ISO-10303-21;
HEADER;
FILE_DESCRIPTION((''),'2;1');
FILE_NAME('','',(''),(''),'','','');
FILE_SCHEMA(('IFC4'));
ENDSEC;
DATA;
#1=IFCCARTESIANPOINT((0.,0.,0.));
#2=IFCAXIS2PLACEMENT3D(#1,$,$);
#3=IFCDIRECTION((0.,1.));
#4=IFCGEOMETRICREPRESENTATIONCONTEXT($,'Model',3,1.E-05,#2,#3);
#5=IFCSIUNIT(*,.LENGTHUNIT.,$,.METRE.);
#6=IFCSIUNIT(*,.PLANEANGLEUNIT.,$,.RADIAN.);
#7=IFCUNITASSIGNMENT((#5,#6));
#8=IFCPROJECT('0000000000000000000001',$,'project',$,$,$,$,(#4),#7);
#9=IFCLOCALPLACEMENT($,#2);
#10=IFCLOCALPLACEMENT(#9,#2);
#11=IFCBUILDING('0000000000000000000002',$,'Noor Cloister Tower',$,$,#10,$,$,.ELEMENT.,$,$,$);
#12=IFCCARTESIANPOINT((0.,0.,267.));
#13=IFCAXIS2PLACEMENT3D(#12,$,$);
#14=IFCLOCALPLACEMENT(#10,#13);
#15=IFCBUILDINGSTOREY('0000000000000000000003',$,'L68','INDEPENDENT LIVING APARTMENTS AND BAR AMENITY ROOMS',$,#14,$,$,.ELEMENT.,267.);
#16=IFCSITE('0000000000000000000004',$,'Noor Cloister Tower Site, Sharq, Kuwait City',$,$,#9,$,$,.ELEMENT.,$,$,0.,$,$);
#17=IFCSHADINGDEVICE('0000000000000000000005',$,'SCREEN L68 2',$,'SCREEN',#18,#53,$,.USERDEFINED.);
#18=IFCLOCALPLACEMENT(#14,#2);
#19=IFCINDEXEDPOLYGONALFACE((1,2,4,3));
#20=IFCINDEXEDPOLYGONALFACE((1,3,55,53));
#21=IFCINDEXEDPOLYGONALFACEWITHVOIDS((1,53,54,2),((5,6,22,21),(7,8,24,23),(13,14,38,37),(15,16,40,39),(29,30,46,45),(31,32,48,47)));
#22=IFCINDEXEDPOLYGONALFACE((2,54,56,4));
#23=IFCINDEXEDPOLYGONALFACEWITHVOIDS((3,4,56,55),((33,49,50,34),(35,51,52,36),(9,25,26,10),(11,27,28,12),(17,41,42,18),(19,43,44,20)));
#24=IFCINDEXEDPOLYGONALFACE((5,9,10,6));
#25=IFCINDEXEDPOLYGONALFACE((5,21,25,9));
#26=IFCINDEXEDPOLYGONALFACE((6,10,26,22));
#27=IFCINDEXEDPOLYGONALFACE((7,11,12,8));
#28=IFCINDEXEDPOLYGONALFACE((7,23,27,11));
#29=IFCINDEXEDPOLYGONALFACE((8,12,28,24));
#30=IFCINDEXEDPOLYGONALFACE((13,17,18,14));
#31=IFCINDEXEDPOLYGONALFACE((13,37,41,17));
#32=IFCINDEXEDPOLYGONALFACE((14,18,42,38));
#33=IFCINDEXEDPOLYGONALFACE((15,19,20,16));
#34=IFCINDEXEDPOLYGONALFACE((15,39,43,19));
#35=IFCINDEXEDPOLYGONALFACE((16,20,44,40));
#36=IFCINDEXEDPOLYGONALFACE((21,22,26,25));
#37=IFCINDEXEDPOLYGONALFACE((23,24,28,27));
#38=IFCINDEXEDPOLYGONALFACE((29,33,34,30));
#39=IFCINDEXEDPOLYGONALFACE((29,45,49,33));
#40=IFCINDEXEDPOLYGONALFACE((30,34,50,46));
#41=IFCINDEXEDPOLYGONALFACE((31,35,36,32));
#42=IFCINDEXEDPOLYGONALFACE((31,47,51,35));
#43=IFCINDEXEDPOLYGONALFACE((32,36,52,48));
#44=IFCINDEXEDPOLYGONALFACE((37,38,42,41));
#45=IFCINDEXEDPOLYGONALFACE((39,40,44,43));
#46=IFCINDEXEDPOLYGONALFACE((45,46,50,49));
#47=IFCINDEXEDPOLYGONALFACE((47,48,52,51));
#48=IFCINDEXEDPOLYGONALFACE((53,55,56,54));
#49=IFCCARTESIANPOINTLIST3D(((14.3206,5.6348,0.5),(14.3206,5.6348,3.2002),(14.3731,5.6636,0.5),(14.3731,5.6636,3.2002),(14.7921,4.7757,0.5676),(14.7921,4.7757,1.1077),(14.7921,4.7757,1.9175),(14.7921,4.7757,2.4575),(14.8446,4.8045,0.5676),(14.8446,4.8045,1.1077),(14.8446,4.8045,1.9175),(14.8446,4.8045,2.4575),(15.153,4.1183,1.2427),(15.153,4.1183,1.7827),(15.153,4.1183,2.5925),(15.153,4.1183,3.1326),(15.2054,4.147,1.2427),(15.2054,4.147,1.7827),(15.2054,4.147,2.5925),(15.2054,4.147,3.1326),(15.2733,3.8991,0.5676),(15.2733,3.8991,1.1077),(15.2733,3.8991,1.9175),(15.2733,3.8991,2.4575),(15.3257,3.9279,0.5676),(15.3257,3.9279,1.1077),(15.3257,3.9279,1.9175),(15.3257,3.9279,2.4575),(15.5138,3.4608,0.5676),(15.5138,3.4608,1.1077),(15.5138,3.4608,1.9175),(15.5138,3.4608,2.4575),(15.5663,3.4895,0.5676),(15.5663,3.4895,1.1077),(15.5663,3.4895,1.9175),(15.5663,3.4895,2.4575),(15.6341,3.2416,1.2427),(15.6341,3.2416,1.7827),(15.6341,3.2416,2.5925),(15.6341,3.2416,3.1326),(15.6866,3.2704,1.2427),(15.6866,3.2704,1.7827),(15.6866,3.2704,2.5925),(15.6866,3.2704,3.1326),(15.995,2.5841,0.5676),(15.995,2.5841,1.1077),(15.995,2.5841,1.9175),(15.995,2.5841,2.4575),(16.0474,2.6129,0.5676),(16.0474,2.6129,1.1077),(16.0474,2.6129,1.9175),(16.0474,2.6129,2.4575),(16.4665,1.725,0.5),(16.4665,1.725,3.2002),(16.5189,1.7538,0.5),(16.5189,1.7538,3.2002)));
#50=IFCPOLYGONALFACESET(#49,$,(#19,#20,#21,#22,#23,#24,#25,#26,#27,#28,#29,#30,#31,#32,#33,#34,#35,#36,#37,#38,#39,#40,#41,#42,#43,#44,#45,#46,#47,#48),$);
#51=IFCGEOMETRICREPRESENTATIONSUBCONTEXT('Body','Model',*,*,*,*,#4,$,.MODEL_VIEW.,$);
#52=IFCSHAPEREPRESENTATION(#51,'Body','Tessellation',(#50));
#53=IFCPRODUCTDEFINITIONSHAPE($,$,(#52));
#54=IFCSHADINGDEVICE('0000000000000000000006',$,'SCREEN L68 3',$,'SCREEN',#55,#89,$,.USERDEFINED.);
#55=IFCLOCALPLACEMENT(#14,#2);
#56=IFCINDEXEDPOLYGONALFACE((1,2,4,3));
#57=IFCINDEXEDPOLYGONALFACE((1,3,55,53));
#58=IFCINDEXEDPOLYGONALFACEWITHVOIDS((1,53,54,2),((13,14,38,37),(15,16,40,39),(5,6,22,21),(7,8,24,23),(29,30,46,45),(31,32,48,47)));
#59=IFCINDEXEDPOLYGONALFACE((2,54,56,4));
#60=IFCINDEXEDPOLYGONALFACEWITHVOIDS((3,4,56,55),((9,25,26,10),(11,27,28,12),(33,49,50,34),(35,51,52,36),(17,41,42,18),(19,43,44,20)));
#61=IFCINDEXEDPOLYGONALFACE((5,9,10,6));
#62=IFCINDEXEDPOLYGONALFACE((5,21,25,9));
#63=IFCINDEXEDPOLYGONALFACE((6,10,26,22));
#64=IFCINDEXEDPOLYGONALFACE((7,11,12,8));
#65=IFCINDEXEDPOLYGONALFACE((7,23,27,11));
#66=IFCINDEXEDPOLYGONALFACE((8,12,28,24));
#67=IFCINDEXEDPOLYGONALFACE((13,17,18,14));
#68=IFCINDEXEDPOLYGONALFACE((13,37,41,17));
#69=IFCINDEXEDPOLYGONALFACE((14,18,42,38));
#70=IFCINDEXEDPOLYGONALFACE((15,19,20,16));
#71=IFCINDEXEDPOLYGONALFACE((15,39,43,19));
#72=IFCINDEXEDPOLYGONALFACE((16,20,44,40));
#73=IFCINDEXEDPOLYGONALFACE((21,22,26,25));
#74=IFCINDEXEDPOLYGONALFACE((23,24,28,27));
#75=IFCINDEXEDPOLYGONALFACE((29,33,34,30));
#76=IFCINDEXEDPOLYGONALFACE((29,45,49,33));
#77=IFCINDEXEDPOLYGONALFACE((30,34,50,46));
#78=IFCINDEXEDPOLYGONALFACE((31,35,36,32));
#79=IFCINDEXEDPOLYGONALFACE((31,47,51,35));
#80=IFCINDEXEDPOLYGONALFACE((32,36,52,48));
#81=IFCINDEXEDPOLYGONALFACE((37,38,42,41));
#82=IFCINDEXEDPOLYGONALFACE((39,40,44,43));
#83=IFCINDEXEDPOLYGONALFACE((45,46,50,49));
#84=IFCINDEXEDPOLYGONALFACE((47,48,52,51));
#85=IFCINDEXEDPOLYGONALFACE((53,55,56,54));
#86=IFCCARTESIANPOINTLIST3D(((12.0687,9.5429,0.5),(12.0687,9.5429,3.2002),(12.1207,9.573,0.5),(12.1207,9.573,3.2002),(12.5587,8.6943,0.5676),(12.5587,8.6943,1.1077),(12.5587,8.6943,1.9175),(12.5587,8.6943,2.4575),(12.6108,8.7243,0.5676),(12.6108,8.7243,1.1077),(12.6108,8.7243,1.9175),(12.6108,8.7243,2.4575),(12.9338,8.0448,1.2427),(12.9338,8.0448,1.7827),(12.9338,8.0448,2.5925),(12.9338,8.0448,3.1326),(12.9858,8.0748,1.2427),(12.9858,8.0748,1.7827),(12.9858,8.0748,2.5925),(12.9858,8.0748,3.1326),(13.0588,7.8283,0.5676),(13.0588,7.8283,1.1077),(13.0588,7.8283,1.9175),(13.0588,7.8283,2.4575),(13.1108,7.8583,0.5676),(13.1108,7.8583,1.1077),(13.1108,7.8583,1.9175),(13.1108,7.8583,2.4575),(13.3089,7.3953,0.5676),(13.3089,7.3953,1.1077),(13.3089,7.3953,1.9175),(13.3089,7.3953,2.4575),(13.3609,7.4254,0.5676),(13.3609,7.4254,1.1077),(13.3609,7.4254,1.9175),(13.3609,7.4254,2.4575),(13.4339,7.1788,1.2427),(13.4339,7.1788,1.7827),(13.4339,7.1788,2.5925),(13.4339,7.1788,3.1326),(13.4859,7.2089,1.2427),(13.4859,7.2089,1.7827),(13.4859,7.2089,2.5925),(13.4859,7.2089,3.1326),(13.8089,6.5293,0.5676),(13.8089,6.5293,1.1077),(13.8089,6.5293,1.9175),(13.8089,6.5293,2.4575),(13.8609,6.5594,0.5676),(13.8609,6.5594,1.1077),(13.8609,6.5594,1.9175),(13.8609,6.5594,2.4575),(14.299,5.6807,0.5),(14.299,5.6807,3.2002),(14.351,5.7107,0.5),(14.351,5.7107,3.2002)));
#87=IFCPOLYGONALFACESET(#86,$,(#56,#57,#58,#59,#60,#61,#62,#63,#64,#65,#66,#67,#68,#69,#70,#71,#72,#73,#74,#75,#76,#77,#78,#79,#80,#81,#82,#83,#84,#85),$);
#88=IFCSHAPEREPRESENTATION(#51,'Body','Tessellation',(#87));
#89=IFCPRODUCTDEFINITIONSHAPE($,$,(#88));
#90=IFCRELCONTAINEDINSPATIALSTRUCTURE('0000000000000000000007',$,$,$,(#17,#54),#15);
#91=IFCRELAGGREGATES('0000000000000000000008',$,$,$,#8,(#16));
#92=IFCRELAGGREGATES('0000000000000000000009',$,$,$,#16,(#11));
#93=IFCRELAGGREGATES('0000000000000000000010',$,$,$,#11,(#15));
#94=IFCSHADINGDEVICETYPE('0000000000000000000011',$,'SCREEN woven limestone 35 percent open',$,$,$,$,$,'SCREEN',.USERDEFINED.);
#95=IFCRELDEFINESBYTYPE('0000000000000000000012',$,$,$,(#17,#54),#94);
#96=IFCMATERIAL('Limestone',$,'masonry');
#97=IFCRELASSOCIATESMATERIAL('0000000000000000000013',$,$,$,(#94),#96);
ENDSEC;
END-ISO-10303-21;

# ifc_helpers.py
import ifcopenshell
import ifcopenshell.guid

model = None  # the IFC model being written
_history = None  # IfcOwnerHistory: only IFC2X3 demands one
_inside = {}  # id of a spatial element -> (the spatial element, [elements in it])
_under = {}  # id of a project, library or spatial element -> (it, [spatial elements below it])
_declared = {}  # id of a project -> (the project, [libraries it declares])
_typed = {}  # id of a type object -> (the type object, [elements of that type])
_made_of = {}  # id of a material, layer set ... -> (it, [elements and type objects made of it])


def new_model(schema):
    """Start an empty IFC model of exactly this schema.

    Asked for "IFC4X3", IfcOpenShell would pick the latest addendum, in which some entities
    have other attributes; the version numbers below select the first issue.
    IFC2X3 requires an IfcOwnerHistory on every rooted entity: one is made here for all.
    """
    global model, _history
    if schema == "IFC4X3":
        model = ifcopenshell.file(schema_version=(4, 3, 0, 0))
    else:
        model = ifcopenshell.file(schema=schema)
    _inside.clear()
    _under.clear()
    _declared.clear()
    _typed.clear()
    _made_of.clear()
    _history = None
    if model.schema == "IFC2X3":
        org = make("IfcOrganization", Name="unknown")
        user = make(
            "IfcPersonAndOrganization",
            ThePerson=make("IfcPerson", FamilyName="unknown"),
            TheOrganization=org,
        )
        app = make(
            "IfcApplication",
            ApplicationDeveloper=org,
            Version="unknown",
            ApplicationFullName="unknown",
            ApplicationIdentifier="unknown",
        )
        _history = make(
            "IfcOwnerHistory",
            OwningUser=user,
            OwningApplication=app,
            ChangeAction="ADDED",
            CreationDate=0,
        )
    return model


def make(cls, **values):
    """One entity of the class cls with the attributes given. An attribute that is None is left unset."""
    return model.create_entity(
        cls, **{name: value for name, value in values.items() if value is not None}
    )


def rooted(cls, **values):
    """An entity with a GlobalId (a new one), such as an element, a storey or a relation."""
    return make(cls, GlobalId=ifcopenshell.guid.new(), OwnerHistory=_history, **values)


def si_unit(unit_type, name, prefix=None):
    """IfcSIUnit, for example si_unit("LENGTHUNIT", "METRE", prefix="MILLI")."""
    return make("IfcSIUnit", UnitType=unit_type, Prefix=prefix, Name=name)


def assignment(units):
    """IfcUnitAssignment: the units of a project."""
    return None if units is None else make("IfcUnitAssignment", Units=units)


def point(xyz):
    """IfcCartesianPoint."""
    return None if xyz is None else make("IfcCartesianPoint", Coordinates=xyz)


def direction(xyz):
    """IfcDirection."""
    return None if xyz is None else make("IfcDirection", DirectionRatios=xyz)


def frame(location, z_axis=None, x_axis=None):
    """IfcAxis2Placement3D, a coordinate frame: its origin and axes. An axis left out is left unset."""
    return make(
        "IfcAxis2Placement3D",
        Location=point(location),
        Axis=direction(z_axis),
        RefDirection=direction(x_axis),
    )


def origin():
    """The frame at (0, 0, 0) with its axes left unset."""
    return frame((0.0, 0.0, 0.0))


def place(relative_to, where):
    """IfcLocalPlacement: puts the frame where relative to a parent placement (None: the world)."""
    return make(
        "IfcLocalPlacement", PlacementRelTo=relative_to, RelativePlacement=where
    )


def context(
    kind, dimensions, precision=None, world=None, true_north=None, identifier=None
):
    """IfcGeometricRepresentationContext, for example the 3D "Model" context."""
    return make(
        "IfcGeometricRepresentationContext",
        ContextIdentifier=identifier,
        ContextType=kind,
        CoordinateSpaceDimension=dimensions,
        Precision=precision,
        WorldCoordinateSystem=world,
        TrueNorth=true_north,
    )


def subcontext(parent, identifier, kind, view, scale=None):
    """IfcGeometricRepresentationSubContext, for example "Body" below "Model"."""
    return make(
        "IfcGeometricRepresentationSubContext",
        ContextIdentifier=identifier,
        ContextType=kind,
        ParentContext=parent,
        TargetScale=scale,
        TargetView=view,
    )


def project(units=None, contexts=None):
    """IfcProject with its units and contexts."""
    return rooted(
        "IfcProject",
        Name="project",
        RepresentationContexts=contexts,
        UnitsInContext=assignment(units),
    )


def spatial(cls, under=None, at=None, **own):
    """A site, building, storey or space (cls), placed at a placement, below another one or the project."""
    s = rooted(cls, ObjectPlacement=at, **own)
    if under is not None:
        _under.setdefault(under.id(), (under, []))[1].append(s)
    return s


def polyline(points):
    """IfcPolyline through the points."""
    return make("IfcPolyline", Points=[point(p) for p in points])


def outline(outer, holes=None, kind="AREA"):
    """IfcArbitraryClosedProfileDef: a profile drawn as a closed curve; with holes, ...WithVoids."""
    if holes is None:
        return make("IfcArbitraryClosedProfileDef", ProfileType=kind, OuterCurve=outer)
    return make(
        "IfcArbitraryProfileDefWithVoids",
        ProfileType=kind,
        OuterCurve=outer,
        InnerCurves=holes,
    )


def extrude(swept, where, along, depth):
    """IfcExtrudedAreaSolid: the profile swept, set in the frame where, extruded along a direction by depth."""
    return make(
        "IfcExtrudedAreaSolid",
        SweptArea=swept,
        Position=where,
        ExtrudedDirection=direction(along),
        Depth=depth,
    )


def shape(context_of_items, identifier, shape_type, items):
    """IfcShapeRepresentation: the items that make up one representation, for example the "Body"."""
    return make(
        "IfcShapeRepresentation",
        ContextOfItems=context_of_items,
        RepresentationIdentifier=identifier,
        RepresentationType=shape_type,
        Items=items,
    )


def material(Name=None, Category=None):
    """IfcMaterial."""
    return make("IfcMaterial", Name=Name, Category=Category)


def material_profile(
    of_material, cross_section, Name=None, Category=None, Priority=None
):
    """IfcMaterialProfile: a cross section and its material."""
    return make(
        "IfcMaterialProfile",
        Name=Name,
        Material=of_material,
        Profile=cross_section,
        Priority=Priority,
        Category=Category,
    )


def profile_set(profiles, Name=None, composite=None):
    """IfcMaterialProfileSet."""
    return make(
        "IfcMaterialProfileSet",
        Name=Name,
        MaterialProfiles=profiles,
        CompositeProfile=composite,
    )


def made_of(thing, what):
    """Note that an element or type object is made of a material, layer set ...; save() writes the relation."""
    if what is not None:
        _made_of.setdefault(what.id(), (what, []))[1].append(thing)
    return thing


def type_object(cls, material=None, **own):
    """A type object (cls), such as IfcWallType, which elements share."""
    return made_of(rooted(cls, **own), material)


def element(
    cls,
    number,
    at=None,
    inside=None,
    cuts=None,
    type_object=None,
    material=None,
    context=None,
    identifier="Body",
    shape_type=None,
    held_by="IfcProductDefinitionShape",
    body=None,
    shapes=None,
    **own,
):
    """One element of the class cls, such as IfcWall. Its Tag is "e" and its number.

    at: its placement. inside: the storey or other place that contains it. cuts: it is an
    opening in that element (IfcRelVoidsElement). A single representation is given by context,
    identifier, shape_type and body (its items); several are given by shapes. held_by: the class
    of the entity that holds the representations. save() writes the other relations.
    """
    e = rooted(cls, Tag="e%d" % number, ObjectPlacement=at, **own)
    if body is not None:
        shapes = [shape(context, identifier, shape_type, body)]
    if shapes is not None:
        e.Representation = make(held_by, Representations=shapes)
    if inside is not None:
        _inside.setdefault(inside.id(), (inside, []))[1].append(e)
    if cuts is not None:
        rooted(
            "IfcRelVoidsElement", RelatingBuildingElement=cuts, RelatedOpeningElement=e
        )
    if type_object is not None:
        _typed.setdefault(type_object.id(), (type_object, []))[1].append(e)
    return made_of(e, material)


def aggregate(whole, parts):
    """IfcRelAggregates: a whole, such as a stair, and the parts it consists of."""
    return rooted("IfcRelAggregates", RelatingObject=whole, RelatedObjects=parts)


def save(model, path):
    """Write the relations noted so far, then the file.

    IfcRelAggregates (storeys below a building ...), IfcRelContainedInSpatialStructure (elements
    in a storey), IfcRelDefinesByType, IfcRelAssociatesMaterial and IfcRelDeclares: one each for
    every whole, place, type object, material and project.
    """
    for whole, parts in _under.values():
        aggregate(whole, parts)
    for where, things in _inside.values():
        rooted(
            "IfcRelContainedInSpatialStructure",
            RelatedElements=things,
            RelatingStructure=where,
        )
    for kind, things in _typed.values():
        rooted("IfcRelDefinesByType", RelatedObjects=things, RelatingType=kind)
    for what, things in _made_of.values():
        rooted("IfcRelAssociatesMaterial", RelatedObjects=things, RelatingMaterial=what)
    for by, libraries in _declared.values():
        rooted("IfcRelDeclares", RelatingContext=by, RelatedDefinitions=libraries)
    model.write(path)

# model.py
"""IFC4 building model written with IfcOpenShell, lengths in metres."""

from ifc_helpers import new_model, si_unit, direction, frame, origin, place, context, subcontext, project, spatial, polyline, outline, extrude, material, material_profile, profile_set, type_object, element, save


model = new_model("IFC4")

# Units and contexts
model_context = context("Model", 3, precision=1e-05, world=origin(), true_north=direction((0.0, 1.0)))
body_context = subcontext(model_context, "Body", "Model", "MODEL_VIEW")
ifc_project = project(units=[si_unit("LENGTHUNIT", "METRE"), si_unit("PLANEANGLEUNIT", "RADIAN")], contexts=[model_context])

# Site, building, storey
site_placement = place(None, origin())
site = spatial("IfcSite", under=ifc_project, at=site_placement, Name="Noor Cloister Tower Site, Sharq, Kuwait City", CompositionType="ELEMENT", RefElevation=0.0)
building_placement = place(site_placement, origin())
building = spatial("IfcBuilding", under=site, at=building_placement, Name="Noor Cloister Tower", CompositionType="ELEMENT")
storey_placement = place(building_placement, frame((0.0, 0.0, 267.0)))
storey = spatial("IfcBuildingStorey", under=building, at=storey_placement, Name="L68", Description="INDEPENDENT LIVING APARTMENTS AND BAR AMENITY ROOMS", CompositionType="ELEMENT", Elevation=267.0)

# Shading devices
ifc_material_1 = material(Name="Limestone", Category="masonry")
ifc_material_profile_1 = material_profile(ifc_material_1, outline(polyline([(-2.23, -1.3501), (2.23, -1.3501), (2.23, 1.3501), (-2.23, 1.3501), (-2.23, -1.3501)]), holes=[polyline([(-1.25, -1.2825), (-0.25, -1.2825), (-0.25, -0.7424), (-1.25, -0.7424), (-1.25, -1.2825)]), polyline([(0.25, -1.2825), (1.25, -1.2825), (1.25, -0.7424), (0.25, -0.7424), (0.25, -1.2825)]), polyline([(-0.5, -0.6074), (0.5, -0.6074), (0.5, -0.0674), (-0.5, -0.0674), (-0.5, -0.6074)]), polyline([(-1.25, 0.0674), (-0.25, 0.0674), (-0.25, 0.6074), (-1.25, 0.6074), (-1.25, 0.0674)]), polyline([(0.25, 0.0674), (1.25, 0.0674), (1.25, 0.6074), (0.25, 0.6074), (0.25, 0.0674)]), polyline([(-0.5, 0.7424), (0.5, 0.7424), (0.5, 1.2825), (-0.5, 1.2825), (-0.5, 0.7424)])]), Name="Woven screen 35 percent open")
ifc_profile_set_1 = profile_set([ifc_material_profile_1], Name="Limestone")
shading_device_type = type_object("IfcShadingDeviceType", Name="SCREEN woven limestone 35 percent open", ElementType="SCREEN", PredefinedType="USERDEFINED", material=ifc_profile_set_1)
shading_device_1_placement = place(storey_placement, frame((15.3936, 3.6799, 1.8501), z_axis=(0.876646, 0.481136, 0.0), x_axis=(-0.481136, 0.876646, 0.0)))
element("IfcShadingDevice", 1, at=shading_device_1_placement, inside=storey, type_object=shading_device_type, Name="SCREEN L68 2", ObjectType="SCREEN", PredefinedType="USERDEFINED", context=body_context, shape_type="SweptSolid", body=[
    extrude(outline(polyline([(-2.23, -1.3501), (2.23, -1.3501), (2.23, 1.3501), (-2.23, 1.3501), (-2.23, -1.3501)]), holes=[polyline([(-1.25, -1.2825), (-0.25, -1.2825), (-0.25, -0.7424), (-1.25, -0.7424), (-1.25, -1.2825)]), polyline([(0.25, -1.2825), (1.25, -1.2825), (1.25, -0.7424), (0.25, -0.7424), (0.25, -1.2825)]), polyline([(-0.5, -0.6074), (0.5, -0.6074), (0.5, -0.0674), (-0.5, -0.0674), (-0.5, -0.6074)]), polyline([(-1.25, 0.0674), (-0.25, 0.0674), (-0.25, 0.6074), (-1.25, 0.6074), (-1.25, 0.0674)]), polyline([(0.25, 0.0674), (1.25, 0.0674), (1.25, 0.6074), (0.25, 0.6074), (0.25, 0.0674)]), polyline([(-0.5, 0.7424), (0.5, 0.7424), (0.5, 1.2825), (-0.5, 1.2825), (-0.5, 0.7424)])]), origin(), (0.0, 0.0, 1.0), 0.0598),
])
shading_device_2_placement = place(storey_placement, frame((13.1838, 7.6118, 1.8501), z_axis=(0.865982, 0.500074, 0.0), x_axis=(-0.500074, 0.865982, 0.0)))
element("IfcShadingDevice", 2, at=shading_device_2_placement, inside=storey, type_object=shading_device_type, Name="SCREEN L68 3", ObjectType="SCREEN", PredefinedType="USERDEFINED", context=body_context, shape_type="SweptSolid", body=[
    extrude(outline(polyline([(-2.23, -1.3501), (2.23, -1.3501), (2.23, 1.3501), (-2.23, 1.3501), (-2.23, -1.3501)]), holes=[polyline([(-1.25, -1.2825), (-0.25, -1.2825), (-0.25, -0.7424), (-1.25, -0.7424), (-1.25, -1.2825)]), polyline([(0.25, -1.2825), (1.25, -1.2825), (1.25, -0.7424), (0.25, -0.7424), (0.25, -1.2825)]), polyline([(-0.5, -0.6074), (0.5, -0.6074), (0.5, -0.0674), (-0.5, -0.0674), (-0.5, -0.6074)]), polyline([(-1.25, 0.0674), (-0.25, 0.0674), (-0.25, 0.6074), (-1.25, 0.6074), (-1.25, 0.0674)]), polyline([(0.25, 0.0674), (1.25, 0.0674), (1.25, 0.6074), (0.25, 0.6074), (0.25, 0.0674)]), polyline([(-0.5, 0.7424), (0.5, 0.7424), (0.5, 1.2825), (-0.5, 1.2825), (-0.5, 0.7424)])]), origin(), (0.0, 0.0, 1.0), 0.0601),
])

save(model, "model.ifc")
